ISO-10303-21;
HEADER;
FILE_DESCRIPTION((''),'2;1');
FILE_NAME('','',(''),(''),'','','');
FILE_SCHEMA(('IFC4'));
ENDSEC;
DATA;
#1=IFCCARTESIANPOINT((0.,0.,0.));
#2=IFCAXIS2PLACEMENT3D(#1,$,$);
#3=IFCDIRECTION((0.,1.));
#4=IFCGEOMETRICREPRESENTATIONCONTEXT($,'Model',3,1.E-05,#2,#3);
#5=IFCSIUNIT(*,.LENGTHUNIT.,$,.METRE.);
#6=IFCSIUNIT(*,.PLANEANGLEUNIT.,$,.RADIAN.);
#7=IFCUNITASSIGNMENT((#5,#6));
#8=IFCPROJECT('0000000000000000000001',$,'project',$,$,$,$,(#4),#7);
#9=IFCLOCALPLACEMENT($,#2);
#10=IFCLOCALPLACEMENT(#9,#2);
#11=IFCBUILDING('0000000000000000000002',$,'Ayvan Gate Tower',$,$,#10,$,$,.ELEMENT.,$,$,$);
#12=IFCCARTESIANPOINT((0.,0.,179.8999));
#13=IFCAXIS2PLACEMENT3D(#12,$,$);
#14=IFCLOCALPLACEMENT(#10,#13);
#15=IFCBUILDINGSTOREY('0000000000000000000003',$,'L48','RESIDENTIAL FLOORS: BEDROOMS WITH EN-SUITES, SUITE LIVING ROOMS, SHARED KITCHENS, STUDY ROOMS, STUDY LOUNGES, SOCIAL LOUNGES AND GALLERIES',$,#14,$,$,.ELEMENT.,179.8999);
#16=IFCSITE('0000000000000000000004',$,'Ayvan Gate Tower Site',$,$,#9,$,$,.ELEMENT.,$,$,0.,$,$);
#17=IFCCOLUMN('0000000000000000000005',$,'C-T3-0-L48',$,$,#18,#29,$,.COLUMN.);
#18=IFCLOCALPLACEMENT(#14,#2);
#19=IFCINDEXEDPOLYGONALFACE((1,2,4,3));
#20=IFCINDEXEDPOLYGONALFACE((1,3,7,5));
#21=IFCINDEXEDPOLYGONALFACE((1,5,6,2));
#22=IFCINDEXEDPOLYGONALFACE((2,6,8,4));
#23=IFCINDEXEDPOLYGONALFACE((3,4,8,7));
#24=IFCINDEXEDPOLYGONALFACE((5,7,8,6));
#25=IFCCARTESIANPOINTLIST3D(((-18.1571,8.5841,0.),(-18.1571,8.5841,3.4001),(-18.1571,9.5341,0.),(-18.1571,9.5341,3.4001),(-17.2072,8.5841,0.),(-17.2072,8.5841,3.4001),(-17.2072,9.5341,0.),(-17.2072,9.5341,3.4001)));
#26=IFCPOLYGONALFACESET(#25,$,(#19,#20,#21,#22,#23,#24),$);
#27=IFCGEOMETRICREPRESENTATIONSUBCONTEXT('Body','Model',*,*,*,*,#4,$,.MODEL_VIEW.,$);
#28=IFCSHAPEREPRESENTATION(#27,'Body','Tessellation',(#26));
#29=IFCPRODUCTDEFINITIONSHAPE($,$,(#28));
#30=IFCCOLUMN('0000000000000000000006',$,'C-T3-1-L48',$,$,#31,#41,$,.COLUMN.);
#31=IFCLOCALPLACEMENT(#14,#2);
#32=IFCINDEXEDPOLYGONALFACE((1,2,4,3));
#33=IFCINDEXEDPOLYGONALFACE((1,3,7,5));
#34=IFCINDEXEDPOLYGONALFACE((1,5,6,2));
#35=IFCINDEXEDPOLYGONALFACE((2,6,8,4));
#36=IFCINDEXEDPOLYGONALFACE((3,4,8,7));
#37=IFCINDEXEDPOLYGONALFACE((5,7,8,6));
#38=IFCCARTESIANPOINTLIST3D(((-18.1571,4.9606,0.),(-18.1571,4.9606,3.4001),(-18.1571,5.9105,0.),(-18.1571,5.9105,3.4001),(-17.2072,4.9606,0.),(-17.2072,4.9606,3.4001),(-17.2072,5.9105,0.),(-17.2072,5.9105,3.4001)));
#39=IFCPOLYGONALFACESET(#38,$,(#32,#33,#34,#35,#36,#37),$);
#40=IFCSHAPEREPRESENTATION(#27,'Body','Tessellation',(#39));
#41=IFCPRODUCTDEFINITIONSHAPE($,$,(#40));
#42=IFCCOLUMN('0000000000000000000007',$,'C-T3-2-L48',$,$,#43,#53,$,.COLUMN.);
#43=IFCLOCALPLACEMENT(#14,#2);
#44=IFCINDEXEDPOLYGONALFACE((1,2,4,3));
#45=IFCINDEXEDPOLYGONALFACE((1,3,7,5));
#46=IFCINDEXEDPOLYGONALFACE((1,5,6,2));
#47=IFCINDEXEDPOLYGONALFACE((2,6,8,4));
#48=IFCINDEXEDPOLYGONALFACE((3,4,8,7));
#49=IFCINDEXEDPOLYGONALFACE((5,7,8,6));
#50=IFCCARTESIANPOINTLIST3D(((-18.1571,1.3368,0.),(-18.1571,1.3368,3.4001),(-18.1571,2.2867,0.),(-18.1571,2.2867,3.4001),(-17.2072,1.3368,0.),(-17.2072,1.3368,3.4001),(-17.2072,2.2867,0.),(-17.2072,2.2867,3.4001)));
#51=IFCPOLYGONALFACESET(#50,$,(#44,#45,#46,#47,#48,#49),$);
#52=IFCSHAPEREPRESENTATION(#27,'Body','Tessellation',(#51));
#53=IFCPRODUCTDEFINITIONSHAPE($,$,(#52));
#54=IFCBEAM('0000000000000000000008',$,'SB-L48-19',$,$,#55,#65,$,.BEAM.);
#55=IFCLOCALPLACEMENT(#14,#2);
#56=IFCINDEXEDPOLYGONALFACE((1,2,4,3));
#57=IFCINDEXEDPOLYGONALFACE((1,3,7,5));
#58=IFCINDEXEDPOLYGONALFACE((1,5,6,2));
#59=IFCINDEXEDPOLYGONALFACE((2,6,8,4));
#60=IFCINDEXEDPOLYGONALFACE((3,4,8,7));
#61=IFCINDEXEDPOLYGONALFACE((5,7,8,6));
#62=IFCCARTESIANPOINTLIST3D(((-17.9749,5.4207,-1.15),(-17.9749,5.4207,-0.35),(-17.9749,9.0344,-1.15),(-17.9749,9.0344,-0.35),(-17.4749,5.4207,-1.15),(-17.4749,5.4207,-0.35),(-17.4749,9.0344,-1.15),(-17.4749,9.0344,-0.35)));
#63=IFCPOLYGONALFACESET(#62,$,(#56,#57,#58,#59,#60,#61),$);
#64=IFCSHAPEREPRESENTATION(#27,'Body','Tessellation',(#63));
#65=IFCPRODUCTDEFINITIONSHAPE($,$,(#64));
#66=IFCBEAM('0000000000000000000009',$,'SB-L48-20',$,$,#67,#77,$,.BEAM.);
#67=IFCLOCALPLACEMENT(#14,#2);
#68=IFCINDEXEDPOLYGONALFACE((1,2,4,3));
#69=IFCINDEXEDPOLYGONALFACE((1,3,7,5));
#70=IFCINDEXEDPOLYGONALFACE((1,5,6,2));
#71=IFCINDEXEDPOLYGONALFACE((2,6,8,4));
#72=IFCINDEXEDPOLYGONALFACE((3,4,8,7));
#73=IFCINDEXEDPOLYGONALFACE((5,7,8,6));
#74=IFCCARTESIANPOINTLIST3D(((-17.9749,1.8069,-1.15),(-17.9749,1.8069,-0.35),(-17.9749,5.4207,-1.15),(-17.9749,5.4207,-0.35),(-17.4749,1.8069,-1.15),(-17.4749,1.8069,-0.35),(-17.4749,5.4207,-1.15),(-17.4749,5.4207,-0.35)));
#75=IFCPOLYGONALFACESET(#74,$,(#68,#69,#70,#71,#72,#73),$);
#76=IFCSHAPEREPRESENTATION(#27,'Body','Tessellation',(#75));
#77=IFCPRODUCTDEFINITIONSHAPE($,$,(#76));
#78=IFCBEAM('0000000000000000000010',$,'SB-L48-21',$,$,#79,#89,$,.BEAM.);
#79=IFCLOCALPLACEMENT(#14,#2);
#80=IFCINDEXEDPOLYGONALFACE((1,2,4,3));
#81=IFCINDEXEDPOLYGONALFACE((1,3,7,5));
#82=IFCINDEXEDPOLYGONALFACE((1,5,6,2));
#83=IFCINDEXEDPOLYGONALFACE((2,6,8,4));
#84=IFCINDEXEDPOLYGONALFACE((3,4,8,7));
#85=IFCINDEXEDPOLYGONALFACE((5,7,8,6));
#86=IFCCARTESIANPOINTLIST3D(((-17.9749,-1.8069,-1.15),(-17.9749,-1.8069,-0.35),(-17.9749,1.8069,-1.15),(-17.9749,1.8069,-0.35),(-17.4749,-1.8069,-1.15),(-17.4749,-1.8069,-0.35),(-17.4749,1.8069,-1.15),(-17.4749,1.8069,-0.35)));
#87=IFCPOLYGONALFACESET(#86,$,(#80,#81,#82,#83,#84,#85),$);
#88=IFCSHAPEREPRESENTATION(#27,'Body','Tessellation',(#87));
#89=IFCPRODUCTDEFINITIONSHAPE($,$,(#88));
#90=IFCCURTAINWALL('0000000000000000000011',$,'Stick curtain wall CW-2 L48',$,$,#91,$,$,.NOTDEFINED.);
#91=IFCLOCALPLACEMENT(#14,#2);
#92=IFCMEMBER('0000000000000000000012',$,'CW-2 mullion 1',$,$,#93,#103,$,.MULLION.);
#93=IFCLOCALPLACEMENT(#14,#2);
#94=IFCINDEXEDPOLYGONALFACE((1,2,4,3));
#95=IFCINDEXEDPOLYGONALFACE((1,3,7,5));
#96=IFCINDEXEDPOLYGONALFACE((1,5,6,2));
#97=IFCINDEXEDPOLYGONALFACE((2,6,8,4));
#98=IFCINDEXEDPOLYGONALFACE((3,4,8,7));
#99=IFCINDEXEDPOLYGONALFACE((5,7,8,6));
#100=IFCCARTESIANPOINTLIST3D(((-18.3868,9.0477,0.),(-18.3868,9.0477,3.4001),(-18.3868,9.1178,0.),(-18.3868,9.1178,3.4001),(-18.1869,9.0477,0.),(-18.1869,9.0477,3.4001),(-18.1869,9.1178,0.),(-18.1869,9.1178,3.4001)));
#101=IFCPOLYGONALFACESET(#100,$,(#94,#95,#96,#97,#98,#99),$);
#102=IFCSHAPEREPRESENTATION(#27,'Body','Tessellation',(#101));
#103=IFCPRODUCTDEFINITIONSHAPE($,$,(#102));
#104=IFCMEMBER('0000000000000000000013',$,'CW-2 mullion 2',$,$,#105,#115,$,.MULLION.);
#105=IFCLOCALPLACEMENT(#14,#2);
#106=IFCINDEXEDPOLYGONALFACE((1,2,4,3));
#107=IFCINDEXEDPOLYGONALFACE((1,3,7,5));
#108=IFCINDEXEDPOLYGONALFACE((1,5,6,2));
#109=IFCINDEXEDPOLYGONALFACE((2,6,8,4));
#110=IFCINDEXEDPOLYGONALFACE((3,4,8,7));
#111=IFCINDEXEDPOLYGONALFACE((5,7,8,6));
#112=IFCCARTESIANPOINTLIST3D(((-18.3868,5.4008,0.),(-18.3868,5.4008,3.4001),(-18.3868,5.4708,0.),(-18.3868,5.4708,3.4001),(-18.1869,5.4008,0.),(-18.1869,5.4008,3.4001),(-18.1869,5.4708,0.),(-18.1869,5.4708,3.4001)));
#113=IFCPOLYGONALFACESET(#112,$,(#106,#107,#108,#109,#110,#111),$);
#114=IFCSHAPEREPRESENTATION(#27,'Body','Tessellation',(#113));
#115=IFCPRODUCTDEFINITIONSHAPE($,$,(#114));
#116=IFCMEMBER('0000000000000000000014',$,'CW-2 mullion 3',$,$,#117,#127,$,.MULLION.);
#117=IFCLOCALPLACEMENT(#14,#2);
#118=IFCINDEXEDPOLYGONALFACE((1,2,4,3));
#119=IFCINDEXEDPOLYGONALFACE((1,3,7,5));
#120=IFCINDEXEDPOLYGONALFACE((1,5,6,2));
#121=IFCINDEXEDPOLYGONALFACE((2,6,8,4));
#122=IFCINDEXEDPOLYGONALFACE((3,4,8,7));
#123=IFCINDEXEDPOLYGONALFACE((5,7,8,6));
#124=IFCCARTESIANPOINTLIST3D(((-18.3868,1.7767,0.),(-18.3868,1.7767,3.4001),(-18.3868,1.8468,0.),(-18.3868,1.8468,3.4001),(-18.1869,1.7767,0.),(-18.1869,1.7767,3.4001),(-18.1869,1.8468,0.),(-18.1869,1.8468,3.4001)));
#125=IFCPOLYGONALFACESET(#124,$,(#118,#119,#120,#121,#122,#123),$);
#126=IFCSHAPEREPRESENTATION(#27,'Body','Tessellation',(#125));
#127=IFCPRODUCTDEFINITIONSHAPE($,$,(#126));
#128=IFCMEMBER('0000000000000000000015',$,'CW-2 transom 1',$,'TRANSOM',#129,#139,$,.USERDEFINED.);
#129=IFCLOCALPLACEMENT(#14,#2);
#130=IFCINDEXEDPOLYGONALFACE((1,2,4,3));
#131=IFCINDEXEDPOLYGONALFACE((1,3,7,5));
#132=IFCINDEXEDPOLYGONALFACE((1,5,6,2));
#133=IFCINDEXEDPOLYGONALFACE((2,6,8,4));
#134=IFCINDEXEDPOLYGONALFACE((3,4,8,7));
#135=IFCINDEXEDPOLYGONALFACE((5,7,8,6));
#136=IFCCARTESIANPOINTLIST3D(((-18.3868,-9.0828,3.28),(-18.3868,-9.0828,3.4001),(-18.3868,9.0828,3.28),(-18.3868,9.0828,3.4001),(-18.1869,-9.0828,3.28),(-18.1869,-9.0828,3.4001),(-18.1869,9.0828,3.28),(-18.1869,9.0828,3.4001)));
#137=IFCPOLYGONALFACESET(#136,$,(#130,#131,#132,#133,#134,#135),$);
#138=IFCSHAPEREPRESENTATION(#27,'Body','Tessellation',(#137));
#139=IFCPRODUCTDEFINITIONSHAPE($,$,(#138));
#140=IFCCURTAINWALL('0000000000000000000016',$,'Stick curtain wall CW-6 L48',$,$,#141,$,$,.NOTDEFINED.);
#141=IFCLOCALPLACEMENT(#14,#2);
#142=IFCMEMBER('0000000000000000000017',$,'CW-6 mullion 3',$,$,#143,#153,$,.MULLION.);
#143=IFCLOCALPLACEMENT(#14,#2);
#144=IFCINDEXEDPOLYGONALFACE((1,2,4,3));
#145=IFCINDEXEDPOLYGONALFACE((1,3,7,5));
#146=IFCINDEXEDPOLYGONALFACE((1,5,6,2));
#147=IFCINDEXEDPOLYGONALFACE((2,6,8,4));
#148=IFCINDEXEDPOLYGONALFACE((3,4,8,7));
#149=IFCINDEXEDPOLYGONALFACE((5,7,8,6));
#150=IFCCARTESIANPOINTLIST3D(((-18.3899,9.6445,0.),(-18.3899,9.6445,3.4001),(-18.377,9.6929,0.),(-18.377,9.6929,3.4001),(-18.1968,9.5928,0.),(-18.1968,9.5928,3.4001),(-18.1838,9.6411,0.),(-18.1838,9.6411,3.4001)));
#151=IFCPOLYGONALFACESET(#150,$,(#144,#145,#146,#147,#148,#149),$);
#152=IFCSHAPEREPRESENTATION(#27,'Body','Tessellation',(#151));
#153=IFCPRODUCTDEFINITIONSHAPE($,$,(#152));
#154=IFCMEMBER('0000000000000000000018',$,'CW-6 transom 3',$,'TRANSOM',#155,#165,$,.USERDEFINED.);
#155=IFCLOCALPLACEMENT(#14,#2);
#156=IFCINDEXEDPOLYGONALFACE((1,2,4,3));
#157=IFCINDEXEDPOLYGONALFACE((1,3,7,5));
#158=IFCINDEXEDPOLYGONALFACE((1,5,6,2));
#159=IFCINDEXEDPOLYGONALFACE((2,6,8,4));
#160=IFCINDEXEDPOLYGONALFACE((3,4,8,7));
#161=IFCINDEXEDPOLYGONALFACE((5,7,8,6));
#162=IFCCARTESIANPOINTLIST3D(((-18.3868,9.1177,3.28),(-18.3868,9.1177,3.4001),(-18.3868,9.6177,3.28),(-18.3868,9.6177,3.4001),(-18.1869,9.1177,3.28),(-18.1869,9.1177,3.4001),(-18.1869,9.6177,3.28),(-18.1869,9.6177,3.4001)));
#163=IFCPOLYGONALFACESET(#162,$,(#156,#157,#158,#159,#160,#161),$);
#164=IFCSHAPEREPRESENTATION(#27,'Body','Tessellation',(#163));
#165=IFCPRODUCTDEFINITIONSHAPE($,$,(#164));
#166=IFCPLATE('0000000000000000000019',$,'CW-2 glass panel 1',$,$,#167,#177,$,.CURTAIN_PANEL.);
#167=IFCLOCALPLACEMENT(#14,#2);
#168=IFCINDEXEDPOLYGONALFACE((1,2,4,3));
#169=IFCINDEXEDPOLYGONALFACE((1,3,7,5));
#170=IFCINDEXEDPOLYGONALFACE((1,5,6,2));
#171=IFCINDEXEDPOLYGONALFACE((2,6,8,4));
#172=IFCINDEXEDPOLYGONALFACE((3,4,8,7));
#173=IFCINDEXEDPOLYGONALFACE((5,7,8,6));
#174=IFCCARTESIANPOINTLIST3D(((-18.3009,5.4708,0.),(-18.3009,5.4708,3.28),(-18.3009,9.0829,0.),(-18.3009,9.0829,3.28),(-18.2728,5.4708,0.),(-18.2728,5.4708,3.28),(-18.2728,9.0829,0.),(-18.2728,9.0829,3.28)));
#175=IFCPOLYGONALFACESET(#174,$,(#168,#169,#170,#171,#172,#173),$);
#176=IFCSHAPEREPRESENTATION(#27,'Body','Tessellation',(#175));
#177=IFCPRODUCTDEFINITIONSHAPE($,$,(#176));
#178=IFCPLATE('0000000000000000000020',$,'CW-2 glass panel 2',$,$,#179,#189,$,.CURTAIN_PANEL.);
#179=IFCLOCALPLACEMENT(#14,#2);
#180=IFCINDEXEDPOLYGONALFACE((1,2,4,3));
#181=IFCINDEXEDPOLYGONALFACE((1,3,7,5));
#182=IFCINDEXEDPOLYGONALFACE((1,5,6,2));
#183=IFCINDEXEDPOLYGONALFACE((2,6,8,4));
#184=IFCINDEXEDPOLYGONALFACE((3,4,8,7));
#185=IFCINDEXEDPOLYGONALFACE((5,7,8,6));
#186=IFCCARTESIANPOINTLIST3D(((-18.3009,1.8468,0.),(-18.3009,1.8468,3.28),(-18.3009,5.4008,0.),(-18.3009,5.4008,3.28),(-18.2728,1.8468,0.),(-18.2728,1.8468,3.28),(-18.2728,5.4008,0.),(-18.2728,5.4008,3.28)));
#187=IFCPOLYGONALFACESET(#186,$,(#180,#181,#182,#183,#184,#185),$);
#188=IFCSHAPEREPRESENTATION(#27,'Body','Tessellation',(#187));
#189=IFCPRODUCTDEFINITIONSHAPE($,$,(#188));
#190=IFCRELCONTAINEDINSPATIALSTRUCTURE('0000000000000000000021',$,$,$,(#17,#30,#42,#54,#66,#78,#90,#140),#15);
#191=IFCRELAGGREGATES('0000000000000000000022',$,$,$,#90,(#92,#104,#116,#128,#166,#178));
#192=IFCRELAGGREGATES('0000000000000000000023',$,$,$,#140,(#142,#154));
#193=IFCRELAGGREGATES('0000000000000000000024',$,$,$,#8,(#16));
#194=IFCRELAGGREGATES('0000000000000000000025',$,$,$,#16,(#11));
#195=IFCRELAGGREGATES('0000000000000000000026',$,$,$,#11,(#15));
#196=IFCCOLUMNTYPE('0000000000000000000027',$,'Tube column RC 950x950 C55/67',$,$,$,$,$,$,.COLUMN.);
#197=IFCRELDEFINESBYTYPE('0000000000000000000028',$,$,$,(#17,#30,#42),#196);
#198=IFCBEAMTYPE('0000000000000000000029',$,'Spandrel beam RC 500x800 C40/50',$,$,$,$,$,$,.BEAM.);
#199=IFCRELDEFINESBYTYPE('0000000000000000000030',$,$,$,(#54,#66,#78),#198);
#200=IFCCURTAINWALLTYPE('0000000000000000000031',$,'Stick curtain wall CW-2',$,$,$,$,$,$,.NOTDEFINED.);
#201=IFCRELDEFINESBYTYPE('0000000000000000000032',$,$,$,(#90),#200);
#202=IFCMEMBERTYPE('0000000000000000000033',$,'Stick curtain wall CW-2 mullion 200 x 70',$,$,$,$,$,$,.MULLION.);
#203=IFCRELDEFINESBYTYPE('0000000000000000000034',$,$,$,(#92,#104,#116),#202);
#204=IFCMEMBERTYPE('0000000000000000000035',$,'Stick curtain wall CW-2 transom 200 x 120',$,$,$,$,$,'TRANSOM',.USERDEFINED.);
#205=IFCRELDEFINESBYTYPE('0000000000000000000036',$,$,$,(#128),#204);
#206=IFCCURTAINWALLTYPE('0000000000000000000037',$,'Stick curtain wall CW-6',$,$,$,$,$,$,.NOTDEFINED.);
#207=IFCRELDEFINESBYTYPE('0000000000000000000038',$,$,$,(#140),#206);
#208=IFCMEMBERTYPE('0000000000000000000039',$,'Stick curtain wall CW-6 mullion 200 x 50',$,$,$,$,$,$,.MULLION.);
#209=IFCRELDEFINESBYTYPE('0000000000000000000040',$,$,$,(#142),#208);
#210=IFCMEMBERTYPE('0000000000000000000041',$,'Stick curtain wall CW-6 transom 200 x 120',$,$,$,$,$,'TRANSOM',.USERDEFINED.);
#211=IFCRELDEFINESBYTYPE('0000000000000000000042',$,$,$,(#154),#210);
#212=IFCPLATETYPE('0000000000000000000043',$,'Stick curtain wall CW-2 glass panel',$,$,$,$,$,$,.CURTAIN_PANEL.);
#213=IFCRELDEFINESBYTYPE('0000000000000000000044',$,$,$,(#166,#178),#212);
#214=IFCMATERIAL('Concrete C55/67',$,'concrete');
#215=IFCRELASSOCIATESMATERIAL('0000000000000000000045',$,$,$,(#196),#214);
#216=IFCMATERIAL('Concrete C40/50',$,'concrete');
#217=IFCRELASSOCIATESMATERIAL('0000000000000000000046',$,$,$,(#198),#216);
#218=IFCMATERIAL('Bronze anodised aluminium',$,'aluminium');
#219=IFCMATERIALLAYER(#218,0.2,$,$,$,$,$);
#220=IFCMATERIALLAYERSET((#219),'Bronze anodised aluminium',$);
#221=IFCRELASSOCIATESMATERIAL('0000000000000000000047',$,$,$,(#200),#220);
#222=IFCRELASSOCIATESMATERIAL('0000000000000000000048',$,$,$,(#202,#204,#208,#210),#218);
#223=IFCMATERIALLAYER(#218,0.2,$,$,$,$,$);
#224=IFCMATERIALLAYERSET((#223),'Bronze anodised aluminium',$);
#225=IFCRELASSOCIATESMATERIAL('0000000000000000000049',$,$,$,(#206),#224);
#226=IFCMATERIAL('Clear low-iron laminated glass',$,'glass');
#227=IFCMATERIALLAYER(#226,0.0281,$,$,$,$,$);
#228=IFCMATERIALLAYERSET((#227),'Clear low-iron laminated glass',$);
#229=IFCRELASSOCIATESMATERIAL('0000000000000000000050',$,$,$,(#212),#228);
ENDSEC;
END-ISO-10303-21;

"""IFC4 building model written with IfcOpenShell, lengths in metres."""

from ifc_helpers import new_model, si_unit, direction, frame, origin, origin_2d, place, context, subcontext, project, spatial, rectangle, extrude, material, layer, layer_set, material_profile, profile_set, type_object, element, aggregate, save


model = new_model("IFC4")

# Units and contexts
model_context = context("Model", 3, precision=1e-05, world=origin(), true_north=direction((0.0, 1.0)))
body_context = subcontext(model_context, "Body", "Model", "MODEL_VIEW")
ifc_project = project(units=[si_unit("LENGTHUNIT", "METRE"), si_unit("PLANEANGLEUNIT", "RADIAN")], contexts=[model_context])

# Site, building, storey
site_placement = place(None, origin())
site = spatial("IfcSite", under=ifc_project, at=site_placement, Name="Ayvan Gate Tower Site", CompositionType="ELEMENT", RefElevation=0.0)
building_placement = place(site_placement, origin())
building = spatial("IfcBuilding", under=site, at=building_placement, Name="Ayvan Gate Tower", CompositionType="ELEMENT")
storey_placement = place(building_placement, frame((0.0, 0.0, 179.8999)))
storey = spatial("IfcBuildingStorey", under=building, at=storey_placement, Name="L48", Description="RESIDENTIAL FLOORS: BEDROOMS WITH EN-SUITES, SUITE LIVING ROOMS, SHARED KITCHENS, STUDY ROOMS, STUDY LOUNGES, SOCIAL LOUNGES AND GALLERIES", CompositionType="ELEMENT", Elevation=179.8999)

# Columns
ifc_material_1 = material(Name="Concrete C55/67", Category="concrete")
ifc_material_profile_1 = material_profile(ifc_material_1, rectangle(XDim=0.95, YDim=0.95, at=origin_2d()), Name="RC 950x950")
ifc_profile_set_1 = profile_set([ifc_material_profile_1], Name="Concrete C55/67")
column_type = type_object("IfcColumnType", Name="Tube column RC 950x950 C55/67", PredefinedType="COLUMN", material=ifc_profile_set_1)
for number, where, z_axis, x_axis, name in (
    (1, (-17.6821, 9.0591, 0.0), (0.0, 0.0, 1.0), (-1.0, 0.0, 0.0), "C-T3-0-L48"),
    (2, (-17.6821, 5.4355, 0.0), (0.0, 0.0, 1.0), (-1.0, 0.0, 0.0), "C-T3-1-L48"),
    (3, (-17.6821, 1.8118, 0.0), (0.0, 0.0, 1.0), (-1.0, 0.0, 0.0), "C-T3-2-L48"),
):
    element("IfcColumn", number, at=place(storey_placement, frame(where, z_axis=z_axis, x_axis=x_axis)), inside=storey, type_object=column_type, Name=name, PredefinedType="COLUMN", context=body_context, shape_type="SweptSolid", body=[
        extrude(rectangle(XDim=0.95, YDim=0.95, at=origin_2d()), origin(), (0.0, 0.0, 1.0), 3.4001),
    ])

# Beams
ifc_material_2 = material(Name="Concrete C40/50", Category="concrete")
ifc_material_profile_2 = material_profile(ifc_material_2, rectangle(XDim=0.5, YDim=0.8, at=origin_2d()), Name="RC 500x800")
ifc_profile_set_2 = profile_set([ifc_material_profile_2], Name="Concrete C40/50")
beam_type = type_object("IfcBeamType", Name="Spandrel beam RC 500x800 C40/50", PredefinedType="BEAM", material=ifc_profile_set_2)
for number, where, z_axis, x_axis, name in (
    (4, (-17.7249, 9.0344, -0.75), (0.0, -1.0, 0.0), (1.0, 0.0, 0.0), "SB-L48-19"),
    (5, (-17.7249, 5.4207, -0.75), (0.0, -1.0, 0.0), (1.0, 0.0, 0.0), "SB-L48-20"),
    (6, (-17.7249, 1.8069, -0.75), (0.0, -1.0, 0.0), (1.0, 0.0, 0.0), "SB-L48-21"),
):
    element("IfcBeam", number, at=place(storey_placement, frame(where, z_axis=z_axis, x_axis=x_axis)), inside=storey, type_object=beam_type, Name=name, PredefinedType="BEAM", context=body_context, shape_type="SweptSolid", body=[
        extrude(rectangle(XDim=0.5, YDim=0.8, at=origin_2d()), origin(), (0.0, 0.0, 1.0), 3.6138),
    ])

# Curtain walls, members
ifc_material_3 = material(Name="Bronze anodised aluminium", Category="aluminium")
ifc_layer_1 = layer(ifc_material_3, 0.2)
ifc_layer_set_1 = layer_set([ifc_layer_1], Name="Bronze anodised aluminium")
curtain_wall_type_1 = type_object("IfcCurtainWallType", Name="Stick curtain wall CW-2", PredefinedType="NOTDEFINED", material=ifc_layer_set_1)
curtain_wall_1_placement = place(storey_placement, origin())
curtain_wall_1 = element("IfcCurtainWall", 7, at=curtain_wall_1_placement, inside=storey, type_object=curtain_wall_type_1, Name="Stick curtain wall CW-2 L48", PredefinedType="NOTDEFINED")
ifc_material_profile_3 = material_profile(ifc_material_3, rectangle(XDim=0.2, YDim=0.0701, at=origin_2d()), Name="Stick curtain wall CW-2 mullion 200 x 70")
ifc_profile_set_3 = profile_set([ifc_material_profile_3], Name="Bronze anodised aluminium")
member_type_1 = type_object("IfcMemberType", Name="Stick curtain wall CW-2 mullion 200 x 70", PredefinedType="MULLION", material=ifc_profile_set_3)
member_1_placement = place(storey_placement, frame((-18.2869, 9.0828, 0.0), z_axis=(0.0, 0.0, 1.0), x_axis=(-1.0, 0.0, 0.0)))
member_1 = element("IfcMember", 8, at=member_1_placement, type_object=member_type_1, Name="CW-2 mullion 1", PredefinedType="MULLION", context=body_context, shape_type="SweptSolid", body=[
    extrude(rectangle(XDim=0.2, YDim=0.0701, at=origin_2d()), origin(), (0.0, 0.0, 1.0), 3.4001),
])
member_2_placement = place(storey_placement, frame((-18.2869, 5.4358, 0.0), z_axis=(0.0, 0.0, 1.0), x_axis=(-1.0, 0.0, 0.0)))
member_2 = element("IfcMember", 9, at=member_2_placement, type_object=member_type_1, Name="CW-2 mullion 2", PredefinedType="MULLION", context=body_context, shape_type="SweptSolid", body=[
    extrude(rectangle(XDim=0.2, YDim=0.0701, at=origin_2d()), origin(), (0.0, 0.0, 1.0), 3.4001),
])
member_3_placement = place(storey_placement, frame((-18.2869, 1.8118, 0.0), z_axis=(0.0, 0.0, 1.0), x_axis=(-1.0, 0.0, 0.0)))
member_3 = element("IfcMember", 10, at=member_3_placement, type_object=member_type_1, Name="CW-2 mullion 3", PredefinedType="MULLION", context=body_context, shape_type="SweptSolid", body=[
    extrude(rectangle(XDim=0.2, YDim=0.0701, at=origin_2d()), origin(), (0.0, 0.0, 1.0), 3.4001),
])
ifc_material_profile_4 = material_profile(ifc_material_3, rectangle(XDim=0.2, YDim=0.1201, at=origin_2d()), Name="Stick curtain wall CW-2 transom 200 x 120")
ifc_profile_set_4 = profile_set([ifc_material_profile_4], Name="Bronze anodised aluminium")
member_type_2 = type_object("IfcMemberType", Name="Stick curtain wall CW-2 transom 200 x 120", ElementType="TRANSOM", PredefinedType="USERDEFINED", material=ifc_profile_set_4)
member_4_placement = place(storey_placement, frame((-18.2869, 9.0828, 3.3401), z_axis=(0.0, -1.0, 0.0), x_axis=(1.0, 0.0, 0.0)))
member_4 = element("IfcMember", 11, at=member_4_placement, type_object=member_type_2, Name="CW-2 transom 1", ObjectType="TRANSOM", PredefinedType="USERDEFINED", context=body_context, shape_type="SweptSolid", body=[
    extrude(rectangle(XDim=0.2, YDim=0.1201, at=origin_2d()), origin(), (0.0, 0.0, 1.0), 18.1655),
])
ifc_layer_2 = layer(ifc_material_3, 0.2)
ifc_layer_set_2 = layer_set([ifc_layer_2], Name="Bronze anodised aluminium")
curtain_wall_type_2 = type_object("IfcCurtainWallType", Name="Stick curtain wall CW-6", PredefinedType="NOTDEFINED", material=ifc_layer_set_2)
curtain_wall_2_placement = place(storey_placement, origin())
curtain_wall_2 = element("IfcCurtainWall", 12, at=curtain_wall_2_placement, inside=storey, type_object=curtain_wall_type_2, Name="Stick curtain wall CW-6 L48", PredefinedType="NOTDEFINED")
ifc_material_profile_5 = material_profile(ifc_material_3, rectangle(XDim=0.2, YDim=0.05, at=origin_2d()), Name="Stick curtain wall CW-6 mullion 200 x 50")
ifc_profile_set_5 = profile_set([ifc_material_profile_5], Name="Bronze anodised aluminium")
member_type_3 = type_object("IfcMemberType", Name="Stick curtain wall CW-6 mullion 200 x 50", PredefinedType="MULLION", material=ifc_profile_set_5)
member_5_placement = place(storey_placement, frame((-18.2869, 9.6428, 0.0), z_axis=(0.0, 0.0, 1.0), x_axis=(-0.965926, 0.258819, 0.0)))
member_5 = element("IfcMember", 13, at=member_5_placement, type_object=member_type_3, Name="CW-6 mullion 3", PredefinedType="MULLION", context=body_context, shape_type="SweptSolid", body=[
    extrude(rectangle(XDim=0.2, YDim=0.05, at=origin_2d()), origin(), (0.0, 0.0, 1.0), 3.4001),
])
ifc_material_profile_6 = material_profile(ifc_material_3, rectangle(XDim=0.2, YDim=0.1201, at=origin_2d()), Name="Stick curtain wall CW-6 transom 200 x 120")
ifc_profile_set_6 = profile_set([ifc_material_profile_6], Name="Bronze anodised aluminium")
member_type_4 = type_object("IfcMemberType", Name="Stick curtain wall CW-6 transom 200 x 120", ElementType="TRANSOM", PredefinedType="USERDEFINED", material=ifc_profile_set_6)
member_6_placement = place(storey_placement, frame((-18.2869, 9.6177, 3.3401), z_axis=(0.0, -1.0, 0.0), x_axis=(1.0, 0.0, 0.0)))
member_6 = element("IfcMember", 14, at=member_6_placement, type_object=member_type_4, Name="CW-6 transom 3", ObjectType="TRANSOM", PredefinedType="USERDEFINED", context=body_context, shape_type="SweptSolid", body=[
    extrude(rectangle(XDim=0.2, YDim=0.1201, at=origin_2d()), origin(), (0.0, 0.0, 1.0), 0.5),
])

# Plates
ifc_material_4 = material(Name="Clear low-iron laminated glass", Category="glass")
ifc_layer_3 = layer(ifc_material_4, 0.0281)
ifc_layer_set_3 = layer_set([ifc_layer_3], Name="Clear low-iron laminated glass")
plate_type_1 = type_object("IfcPlateType", Name="Stick curtain wall CW-2 glass panel", PredefinedType="CURTAIN_PANEL", material=ifc_layer_set_3)
plate_1_placement = place(storey_placement, frame((-18.2869, 7.2769, 0.0), z_axis=(0.0, 0.0, 1.0), x_axis=(0.0, -1.0, 0.0)))
plate_1 = element("IfcPlate", 15, at=plate_1_placement, type_object=plate_type_1, Name="CW-2 glass panel 1", PredefinedType="CURTAIN_PANEL", context=body_context, shape_type="SweptSolid", body=[
    extrude(rectangle(XDim=3.6121, YDim=0.0281, at=origin_2d()), origin(), (0.0, 0.0, 1.0), 3.28),
])
plate_2_placement = place(storey_placement, frame((-18.2869, 3.6238, 0.0), z_axis=(0.0, 0.0, 1.0), x_axis=(0.0, -1.0, 0.0)))
plate_2 = element("IfcPlate", 16, at=plate_2_placement, type_object=plate_type_1, Name="CW-2 glass panel 2", PredefinedType="CURTAIN_PANEL", context=body_context, shape_type="SweptSolid", body=[
    extrude(rectangle(XDim=3.554, YDim=0.0281, at=origin_2d()), origin(), (0.0, 0.0, 1.0), 3.28),
])
aggregate(curtain_wall_1, [member_1, member_2, member_3, member_4, plate_1, plate_2])
aggregate(curtain_wall_2, [member_5, member_6])

save(model, "model.ifc")
